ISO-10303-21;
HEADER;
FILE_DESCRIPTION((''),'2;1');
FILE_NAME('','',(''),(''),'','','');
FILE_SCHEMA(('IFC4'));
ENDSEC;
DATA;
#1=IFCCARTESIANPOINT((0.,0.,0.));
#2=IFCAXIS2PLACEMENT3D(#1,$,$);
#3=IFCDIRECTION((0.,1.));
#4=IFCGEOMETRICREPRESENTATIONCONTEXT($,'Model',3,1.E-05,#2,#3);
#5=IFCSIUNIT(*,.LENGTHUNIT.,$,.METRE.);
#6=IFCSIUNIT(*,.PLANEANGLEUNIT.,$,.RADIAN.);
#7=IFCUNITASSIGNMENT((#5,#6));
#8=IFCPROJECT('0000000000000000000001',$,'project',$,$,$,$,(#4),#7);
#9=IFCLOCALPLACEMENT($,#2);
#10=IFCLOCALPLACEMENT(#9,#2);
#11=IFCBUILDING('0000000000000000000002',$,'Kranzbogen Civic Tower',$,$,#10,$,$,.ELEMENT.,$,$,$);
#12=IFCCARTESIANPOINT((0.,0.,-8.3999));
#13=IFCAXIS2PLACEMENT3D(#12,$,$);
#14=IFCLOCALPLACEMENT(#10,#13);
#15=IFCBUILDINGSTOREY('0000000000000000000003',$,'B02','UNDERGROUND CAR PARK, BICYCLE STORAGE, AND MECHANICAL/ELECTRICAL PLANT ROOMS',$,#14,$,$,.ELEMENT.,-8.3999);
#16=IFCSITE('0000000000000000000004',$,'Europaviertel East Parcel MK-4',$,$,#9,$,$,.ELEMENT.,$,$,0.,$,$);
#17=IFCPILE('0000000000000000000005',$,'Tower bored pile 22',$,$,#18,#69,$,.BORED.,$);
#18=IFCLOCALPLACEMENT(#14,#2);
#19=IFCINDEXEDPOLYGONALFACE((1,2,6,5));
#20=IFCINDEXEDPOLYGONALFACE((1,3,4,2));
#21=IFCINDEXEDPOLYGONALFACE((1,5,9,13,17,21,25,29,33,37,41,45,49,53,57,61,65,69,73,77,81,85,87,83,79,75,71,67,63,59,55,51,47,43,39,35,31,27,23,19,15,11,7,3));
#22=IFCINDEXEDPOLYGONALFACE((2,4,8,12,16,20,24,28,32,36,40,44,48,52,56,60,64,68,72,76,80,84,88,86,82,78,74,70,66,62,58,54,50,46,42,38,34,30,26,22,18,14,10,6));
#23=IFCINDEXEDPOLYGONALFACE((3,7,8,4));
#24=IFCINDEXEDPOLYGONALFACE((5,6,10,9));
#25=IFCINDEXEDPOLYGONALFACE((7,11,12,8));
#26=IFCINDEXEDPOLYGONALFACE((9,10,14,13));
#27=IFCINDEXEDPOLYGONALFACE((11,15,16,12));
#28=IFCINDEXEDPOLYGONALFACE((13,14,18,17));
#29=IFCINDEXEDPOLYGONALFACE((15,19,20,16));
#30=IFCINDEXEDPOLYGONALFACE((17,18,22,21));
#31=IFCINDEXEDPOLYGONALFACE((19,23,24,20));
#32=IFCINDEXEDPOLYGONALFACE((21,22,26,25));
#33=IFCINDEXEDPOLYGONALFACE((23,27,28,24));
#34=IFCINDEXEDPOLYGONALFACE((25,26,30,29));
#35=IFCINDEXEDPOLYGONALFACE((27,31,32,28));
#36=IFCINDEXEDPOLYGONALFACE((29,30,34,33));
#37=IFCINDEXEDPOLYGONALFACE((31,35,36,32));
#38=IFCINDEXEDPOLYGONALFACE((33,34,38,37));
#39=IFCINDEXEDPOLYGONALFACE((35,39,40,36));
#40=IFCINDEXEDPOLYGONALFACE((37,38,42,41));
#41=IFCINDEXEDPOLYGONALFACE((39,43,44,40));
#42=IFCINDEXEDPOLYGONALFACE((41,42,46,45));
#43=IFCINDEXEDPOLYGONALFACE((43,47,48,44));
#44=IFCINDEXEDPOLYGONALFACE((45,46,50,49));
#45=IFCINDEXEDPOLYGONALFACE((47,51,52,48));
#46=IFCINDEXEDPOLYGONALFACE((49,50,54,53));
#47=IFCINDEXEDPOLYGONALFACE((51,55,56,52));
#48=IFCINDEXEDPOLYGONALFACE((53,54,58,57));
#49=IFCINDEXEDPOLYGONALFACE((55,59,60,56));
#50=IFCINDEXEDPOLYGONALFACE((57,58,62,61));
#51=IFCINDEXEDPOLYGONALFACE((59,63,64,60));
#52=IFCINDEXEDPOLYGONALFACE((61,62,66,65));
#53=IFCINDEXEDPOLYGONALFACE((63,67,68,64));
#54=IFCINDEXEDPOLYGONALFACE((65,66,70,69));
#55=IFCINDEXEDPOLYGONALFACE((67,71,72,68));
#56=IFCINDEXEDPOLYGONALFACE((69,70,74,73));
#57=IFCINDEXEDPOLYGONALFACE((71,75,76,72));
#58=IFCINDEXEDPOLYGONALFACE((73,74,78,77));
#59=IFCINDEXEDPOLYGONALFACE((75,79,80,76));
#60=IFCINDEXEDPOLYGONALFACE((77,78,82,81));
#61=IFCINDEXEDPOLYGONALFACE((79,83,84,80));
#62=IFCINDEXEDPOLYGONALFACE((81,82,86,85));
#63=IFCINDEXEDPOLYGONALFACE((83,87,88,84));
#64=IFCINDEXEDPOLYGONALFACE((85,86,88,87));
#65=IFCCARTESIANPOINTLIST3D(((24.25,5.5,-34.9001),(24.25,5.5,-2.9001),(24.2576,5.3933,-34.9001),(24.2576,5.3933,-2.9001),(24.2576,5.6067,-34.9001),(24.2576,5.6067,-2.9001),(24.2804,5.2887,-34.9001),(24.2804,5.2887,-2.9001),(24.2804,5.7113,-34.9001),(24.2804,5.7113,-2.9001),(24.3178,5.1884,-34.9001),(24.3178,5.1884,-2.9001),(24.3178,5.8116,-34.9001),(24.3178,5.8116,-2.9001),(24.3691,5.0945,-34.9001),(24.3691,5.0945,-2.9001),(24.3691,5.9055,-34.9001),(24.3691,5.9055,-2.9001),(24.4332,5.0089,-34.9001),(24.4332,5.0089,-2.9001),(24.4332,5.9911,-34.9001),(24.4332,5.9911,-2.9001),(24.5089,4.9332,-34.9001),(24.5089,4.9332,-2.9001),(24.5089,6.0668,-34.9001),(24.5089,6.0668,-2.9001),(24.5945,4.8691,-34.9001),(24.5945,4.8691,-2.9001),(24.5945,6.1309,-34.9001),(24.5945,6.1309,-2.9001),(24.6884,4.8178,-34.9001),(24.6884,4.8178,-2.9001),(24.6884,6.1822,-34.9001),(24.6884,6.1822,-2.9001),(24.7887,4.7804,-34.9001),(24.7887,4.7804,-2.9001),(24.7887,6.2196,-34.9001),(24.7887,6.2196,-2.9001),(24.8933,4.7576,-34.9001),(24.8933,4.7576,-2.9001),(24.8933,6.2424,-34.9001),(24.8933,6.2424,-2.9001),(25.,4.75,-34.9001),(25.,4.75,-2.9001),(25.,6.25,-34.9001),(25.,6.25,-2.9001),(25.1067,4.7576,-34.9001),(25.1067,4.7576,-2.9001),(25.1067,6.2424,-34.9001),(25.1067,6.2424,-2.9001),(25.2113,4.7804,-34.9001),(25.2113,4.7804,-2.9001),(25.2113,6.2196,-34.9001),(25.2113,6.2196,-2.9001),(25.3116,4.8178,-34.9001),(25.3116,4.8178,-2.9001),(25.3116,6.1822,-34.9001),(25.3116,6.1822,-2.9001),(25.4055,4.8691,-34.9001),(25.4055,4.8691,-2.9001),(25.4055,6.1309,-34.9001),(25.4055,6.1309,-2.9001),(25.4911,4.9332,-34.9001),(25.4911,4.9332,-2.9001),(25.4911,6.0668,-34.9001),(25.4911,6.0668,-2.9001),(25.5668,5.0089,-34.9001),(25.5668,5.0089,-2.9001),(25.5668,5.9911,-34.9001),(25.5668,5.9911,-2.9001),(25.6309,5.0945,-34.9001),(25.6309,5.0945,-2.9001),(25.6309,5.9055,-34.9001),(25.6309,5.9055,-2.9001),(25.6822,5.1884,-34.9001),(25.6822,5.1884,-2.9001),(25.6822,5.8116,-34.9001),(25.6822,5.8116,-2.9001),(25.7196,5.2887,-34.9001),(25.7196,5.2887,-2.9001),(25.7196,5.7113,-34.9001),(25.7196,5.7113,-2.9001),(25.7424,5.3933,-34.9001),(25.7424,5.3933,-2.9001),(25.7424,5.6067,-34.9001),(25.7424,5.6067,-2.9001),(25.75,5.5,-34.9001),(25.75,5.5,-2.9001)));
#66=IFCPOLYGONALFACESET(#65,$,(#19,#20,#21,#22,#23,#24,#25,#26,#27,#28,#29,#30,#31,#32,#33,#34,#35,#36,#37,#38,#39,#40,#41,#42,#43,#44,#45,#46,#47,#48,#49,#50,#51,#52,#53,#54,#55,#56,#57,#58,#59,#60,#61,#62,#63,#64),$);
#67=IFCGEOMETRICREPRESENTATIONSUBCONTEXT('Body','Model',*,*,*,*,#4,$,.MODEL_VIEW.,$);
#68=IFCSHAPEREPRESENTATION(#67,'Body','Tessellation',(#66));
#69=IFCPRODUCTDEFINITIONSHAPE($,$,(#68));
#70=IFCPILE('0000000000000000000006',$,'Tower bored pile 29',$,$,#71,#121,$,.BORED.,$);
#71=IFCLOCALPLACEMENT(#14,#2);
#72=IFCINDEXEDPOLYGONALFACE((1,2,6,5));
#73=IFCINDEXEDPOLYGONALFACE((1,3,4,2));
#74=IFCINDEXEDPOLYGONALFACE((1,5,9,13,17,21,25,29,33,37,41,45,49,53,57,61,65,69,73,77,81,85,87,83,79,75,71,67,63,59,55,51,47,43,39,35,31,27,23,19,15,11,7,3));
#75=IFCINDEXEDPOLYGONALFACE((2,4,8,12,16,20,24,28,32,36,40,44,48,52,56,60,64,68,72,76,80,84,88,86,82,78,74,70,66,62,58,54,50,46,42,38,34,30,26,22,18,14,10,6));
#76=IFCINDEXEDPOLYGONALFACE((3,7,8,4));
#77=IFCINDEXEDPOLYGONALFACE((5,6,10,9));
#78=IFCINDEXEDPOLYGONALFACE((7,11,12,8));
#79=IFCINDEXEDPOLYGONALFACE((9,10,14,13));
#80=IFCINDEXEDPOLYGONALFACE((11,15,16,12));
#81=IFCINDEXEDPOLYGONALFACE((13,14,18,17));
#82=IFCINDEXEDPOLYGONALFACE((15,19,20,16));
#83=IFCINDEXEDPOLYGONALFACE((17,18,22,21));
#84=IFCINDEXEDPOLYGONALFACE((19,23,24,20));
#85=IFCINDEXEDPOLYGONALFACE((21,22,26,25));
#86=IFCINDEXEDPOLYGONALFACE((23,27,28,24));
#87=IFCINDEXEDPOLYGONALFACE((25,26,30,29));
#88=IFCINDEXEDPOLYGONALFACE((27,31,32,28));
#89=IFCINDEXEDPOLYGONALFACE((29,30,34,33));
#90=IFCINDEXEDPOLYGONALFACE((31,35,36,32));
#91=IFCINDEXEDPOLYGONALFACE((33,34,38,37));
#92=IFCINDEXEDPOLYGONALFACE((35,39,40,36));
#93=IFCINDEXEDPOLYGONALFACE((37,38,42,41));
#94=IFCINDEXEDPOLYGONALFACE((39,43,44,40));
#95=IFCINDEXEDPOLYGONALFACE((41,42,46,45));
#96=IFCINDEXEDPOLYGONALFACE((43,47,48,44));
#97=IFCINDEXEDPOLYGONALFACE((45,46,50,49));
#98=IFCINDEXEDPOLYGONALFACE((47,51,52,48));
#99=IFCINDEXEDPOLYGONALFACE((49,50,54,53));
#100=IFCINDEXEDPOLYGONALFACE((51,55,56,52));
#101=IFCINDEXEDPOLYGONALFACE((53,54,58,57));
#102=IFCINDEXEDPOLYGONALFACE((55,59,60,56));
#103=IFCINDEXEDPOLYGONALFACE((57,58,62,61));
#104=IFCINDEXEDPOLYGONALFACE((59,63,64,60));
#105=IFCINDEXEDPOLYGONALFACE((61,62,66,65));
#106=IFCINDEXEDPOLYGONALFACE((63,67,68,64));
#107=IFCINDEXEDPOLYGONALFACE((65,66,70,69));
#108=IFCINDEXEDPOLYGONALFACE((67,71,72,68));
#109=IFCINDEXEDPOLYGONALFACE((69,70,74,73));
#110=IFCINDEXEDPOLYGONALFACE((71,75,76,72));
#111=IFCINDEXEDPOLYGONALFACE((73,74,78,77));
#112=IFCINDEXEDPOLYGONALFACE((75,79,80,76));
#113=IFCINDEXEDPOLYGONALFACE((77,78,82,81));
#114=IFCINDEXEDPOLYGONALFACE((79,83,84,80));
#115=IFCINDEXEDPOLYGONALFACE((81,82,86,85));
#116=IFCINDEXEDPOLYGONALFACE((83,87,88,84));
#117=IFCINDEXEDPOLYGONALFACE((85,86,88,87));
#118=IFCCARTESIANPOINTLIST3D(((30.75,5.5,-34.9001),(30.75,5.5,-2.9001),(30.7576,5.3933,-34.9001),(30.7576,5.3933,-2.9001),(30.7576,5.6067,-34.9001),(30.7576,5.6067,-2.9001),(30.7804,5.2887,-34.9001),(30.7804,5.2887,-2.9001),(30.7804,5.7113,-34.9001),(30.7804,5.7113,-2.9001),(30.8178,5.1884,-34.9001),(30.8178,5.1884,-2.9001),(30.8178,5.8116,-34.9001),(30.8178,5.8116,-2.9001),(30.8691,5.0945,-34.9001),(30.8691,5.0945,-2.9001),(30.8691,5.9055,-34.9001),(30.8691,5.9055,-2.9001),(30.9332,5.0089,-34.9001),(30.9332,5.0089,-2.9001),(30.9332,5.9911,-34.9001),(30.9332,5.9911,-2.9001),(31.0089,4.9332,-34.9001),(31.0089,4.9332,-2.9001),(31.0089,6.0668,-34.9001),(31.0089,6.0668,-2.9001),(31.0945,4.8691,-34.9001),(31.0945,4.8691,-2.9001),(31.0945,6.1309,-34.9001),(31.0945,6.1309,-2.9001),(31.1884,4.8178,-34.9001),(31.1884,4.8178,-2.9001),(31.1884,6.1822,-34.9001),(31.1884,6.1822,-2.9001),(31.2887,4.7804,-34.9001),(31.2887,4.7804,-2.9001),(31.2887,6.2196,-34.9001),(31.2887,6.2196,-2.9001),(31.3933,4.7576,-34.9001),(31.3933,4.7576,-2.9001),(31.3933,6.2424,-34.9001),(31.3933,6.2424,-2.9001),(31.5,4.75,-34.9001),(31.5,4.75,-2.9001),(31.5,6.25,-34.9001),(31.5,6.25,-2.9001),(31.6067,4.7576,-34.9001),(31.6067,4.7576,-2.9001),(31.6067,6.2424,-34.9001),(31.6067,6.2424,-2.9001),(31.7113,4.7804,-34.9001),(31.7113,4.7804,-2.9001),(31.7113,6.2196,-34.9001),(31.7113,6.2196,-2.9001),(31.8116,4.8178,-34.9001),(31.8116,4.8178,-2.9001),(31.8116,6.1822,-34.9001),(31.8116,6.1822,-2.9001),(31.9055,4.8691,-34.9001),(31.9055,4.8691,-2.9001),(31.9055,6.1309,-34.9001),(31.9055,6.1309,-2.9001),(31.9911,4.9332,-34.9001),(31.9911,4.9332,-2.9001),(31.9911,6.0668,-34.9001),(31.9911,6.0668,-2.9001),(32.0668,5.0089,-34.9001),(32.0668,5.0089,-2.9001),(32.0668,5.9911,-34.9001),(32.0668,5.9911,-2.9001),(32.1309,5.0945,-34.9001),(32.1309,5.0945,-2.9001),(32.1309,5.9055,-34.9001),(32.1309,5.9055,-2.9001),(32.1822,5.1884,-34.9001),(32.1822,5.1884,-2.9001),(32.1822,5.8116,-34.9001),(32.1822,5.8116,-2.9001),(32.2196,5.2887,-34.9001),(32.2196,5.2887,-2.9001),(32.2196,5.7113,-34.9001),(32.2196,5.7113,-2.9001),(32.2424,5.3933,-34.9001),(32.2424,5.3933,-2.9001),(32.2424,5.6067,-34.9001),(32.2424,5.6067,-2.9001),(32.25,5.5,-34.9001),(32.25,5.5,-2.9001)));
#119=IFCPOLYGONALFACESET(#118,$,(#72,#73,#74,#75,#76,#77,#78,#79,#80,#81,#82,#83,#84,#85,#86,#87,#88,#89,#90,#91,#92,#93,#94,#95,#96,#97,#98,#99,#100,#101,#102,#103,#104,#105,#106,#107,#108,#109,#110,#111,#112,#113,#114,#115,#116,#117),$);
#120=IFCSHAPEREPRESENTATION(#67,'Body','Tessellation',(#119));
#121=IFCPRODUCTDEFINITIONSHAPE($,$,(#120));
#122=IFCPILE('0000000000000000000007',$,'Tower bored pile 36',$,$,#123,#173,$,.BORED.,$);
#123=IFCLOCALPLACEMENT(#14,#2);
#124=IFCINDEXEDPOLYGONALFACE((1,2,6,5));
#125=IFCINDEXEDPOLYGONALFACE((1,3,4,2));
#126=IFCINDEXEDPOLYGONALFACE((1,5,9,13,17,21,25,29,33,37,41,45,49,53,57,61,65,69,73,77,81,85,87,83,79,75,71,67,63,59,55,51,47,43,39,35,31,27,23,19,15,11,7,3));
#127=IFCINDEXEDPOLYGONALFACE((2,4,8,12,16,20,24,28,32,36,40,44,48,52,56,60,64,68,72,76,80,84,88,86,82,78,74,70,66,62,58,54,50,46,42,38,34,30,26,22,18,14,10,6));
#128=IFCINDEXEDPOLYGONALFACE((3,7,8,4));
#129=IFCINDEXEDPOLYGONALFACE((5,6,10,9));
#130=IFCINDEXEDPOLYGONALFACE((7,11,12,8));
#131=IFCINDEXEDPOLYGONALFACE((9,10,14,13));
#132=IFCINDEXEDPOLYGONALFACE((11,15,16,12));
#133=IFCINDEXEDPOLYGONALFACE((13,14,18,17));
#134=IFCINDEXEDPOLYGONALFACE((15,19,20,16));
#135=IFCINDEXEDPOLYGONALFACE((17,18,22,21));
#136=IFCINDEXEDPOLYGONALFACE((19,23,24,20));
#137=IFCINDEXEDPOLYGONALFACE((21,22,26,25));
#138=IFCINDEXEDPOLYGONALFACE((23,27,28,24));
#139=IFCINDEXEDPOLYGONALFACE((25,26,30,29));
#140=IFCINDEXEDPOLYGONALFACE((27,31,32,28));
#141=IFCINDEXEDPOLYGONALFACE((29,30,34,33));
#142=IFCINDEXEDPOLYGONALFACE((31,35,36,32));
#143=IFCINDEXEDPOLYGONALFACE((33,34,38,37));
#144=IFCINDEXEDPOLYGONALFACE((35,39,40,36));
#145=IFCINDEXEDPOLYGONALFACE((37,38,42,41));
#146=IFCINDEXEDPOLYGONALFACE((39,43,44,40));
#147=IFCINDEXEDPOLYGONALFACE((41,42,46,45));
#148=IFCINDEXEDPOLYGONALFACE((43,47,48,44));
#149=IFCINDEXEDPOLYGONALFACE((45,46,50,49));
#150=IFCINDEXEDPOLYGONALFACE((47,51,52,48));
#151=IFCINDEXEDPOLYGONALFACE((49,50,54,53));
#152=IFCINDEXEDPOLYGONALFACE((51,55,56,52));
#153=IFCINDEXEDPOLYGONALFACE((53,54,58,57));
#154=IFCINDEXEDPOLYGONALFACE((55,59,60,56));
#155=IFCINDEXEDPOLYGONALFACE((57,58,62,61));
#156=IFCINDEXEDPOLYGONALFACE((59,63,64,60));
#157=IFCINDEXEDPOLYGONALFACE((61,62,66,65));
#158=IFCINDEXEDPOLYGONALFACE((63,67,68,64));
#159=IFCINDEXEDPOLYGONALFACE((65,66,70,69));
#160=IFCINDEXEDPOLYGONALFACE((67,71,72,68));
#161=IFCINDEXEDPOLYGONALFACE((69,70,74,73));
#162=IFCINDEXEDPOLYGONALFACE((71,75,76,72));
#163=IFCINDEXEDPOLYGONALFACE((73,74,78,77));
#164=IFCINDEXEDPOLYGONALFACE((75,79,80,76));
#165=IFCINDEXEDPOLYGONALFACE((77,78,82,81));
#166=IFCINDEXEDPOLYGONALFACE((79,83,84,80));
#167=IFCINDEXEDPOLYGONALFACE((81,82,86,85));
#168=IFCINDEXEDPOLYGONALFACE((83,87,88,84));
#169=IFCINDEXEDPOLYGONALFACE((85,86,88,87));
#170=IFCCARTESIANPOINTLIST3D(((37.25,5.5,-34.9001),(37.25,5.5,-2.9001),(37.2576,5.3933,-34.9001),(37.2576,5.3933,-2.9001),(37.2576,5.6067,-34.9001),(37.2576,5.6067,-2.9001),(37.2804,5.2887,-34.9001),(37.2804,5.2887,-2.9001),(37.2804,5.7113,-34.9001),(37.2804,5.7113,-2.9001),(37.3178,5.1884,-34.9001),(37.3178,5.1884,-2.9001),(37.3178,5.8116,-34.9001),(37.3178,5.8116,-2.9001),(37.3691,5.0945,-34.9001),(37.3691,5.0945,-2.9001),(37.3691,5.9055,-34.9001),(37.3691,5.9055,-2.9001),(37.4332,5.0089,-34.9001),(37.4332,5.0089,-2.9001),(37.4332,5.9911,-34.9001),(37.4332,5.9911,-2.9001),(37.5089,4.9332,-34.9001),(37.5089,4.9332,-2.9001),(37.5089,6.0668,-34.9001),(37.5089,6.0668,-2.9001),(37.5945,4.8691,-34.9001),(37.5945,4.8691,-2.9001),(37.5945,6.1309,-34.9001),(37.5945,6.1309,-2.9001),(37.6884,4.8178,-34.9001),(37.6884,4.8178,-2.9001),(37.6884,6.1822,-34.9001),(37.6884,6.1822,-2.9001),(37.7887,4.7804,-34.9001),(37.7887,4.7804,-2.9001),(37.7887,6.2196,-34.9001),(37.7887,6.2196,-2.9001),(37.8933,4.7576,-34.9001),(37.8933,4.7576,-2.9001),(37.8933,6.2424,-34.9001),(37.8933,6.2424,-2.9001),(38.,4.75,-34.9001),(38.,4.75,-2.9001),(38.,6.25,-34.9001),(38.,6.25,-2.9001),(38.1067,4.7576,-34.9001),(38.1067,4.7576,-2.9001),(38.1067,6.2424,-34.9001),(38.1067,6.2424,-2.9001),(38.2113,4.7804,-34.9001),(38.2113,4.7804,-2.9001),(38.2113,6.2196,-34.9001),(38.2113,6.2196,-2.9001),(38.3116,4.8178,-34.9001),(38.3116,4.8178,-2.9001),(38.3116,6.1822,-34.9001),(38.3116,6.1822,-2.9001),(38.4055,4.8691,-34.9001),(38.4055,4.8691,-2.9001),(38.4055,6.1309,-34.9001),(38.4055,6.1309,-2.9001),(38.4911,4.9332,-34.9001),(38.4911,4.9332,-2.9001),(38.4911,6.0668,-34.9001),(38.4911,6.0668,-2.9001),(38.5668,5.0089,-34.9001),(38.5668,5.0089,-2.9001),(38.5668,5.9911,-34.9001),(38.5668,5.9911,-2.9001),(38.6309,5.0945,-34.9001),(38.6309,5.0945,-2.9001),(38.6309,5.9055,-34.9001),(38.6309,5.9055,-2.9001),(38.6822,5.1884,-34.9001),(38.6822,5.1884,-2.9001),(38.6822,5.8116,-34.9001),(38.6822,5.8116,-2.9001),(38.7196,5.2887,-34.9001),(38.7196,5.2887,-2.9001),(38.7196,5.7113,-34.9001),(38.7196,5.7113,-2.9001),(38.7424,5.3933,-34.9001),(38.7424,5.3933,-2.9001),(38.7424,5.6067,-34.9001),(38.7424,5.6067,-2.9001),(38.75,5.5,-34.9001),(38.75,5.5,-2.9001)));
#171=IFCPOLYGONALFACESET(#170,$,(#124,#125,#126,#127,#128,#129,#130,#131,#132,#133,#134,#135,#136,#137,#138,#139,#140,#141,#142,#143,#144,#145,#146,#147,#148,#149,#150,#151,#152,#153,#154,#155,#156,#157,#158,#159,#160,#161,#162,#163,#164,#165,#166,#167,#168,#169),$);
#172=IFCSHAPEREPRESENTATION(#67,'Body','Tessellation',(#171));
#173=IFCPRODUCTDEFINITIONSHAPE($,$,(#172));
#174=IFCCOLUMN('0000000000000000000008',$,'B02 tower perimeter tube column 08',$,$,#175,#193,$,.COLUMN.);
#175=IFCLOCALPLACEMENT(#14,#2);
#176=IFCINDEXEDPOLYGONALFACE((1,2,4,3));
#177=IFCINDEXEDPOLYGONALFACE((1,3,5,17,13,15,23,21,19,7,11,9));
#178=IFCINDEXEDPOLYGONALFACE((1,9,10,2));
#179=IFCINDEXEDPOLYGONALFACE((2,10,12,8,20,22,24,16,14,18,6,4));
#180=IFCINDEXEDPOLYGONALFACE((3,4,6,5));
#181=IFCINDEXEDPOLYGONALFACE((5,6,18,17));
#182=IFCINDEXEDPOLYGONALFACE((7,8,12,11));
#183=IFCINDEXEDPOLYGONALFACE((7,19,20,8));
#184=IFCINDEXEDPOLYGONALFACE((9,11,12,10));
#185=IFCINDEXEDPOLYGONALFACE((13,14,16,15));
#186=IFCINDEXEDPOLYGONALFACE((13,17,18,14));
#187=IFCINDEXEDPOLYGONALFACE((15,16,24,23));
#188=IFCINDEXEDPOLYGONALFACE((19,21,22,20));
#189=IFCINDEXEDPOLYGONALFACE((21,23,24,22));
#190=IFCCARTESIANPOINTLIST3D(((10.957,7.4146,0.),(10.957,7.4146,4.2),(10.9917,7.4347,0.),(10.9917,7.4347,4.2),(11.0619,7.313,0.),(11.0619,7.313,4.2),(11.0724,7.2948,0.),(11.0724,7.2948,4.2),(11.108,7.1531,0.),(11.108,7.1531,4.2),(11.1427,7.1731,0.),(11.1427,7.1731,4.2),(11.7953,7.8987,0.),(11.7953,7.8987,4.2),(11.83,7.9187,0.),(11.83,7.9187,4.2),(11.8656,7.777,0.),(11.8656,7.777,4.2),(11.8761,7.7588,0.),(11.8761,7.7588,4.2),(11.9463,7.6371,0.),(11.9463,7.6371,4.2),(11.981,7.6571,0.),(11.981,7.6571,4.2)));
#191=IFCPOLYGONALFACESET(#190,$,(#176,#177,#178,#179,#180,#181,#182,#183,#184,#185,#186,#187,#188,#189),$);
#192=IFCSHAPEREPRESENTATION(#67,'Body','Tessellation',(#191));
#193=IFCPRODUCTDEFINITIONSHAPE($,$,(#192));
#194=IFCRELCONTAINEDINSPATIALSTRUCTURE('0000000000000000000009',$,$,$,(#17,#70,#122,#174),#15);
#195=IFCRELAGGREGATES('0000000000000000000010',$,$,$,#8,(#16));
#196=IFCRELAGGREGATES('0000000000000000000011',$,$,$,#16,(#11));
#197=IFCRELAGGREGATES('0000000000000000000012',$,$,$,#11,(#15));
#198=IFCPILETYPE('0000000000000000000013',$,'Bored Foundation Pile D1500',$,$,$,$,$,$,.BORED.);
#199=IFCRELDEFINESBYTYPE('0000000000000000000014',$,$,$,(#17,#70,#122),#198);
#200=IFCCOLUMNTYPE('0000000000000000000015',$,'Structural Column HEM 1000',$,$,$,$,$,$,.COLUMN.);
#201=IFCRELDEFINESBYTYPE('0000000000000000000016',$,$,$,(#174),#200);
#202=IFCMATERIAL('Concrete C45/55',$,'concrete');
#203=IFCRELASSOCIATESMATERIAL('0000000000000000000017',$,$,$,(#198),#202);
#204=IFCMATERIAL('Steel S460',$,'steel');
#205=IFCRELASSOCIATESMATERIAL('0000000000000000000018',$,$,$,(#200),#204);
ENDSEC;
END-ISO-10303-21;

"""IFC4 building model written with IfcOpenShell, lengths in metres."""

from ifc_helpers import new_model, si_unit, direction, frame, origin, origin_2d, place, context, subcontext, project, spatial, circle, i_section, extrude, material, material_profile, profile_set, type_object, element, save


model = new_model("IFC4")

# Units and contexts
model_context = context("Model", 3, precision=1e-05, world=origin(), true_north=direction((0.0, 1.0)))
body_context = subcontext(model_context, "Body", "Model", "MODEL_VIEW")
ifc_project = project(units=[si_unit("LENGTHUNIT", "METRE"), si_unit("PLANEANGLEUNIT", "RADIAN")], contexts=[model_context])

# Site, building, storey
site_placement = place(None, origin())
site = spatial("IfcSite", under=ifc_project, at=site_placement, Name="Europaviertel East Parcel MK-4", CompositionType="ELEMENT", RefElevation=0.0)
building_placement = place(site_placement, origin())
building = spatial("IfcBuilding", under=site, at=building_placement, Name="Kranzbogen Civic Tower", CompositionType="ELEMENT")
storey_placement = place(building_placement, frame((0.0, 0.0, -8.3999)))
storey = spatial("IfcBuildingStorey", under=building, at=storey_placement, Name="B02", Description="UNDERGROUND CAR PARK, BICYCLE STORAGE, AND MECHANICAL/ELECTRICAL PLANT ROOMS", CompositionType="ELEMENT", Elevation=-8.3999)

# Piles
ifc_material_1 = material(Name="Concrete C45/55", Category="concrete")
ifc_material_profile_1 = material_profile(ifc_material_1, circle(Radius=0.75, at=origin_2d()), Name="PILE D1500")
ifc_profile_set_1 = profile_set([ifc_material_profile_1], Name="Concrete C45/55")
pile_type = type_object("IfcPileType", Name="Bored Foundation Pile D1500", PredefinedType="BORED", material=ifc_profile_set_1)
for number, where, z_axis, x_axis, name in (
    (1, (25.0, 5.5, -2.9001), (0.0, 0.0, -1.0), (1.0, 0.0, 0.0), "Tower bored pile 22"),
    (2, (31.5, 5.5, -2.9001), (0.0, 0.0, -1.0), (1.0, 0.0, 0.0), "Tower bored pile 29"),
    (3, (38.0, 5.5, -2.9001), (0.0, 0.0, -1.0), (1.0, 0.0, 0.0), "Tower bored pile 36"),
):
    element("IfcPile", number, at=place(storey_placement, frame(where, z_axis=z_axis, x_axis=x_axis)), inside=storey, type_object=pile_type, Name=name, PredefinedType="BORED", context=body_context, shape_type="SweptSolid", body=[
        extrude(circle(Radius=0.75, at=origin_2d()), origin(), (0.0, 0.0, 1.0), 32.0),
    ])

# Column
ifc_material_2 = material(Name="Steel S460", Category="steel")
ifc_material_profile_2 = material_profile(ifc_material_2, i_section(OverallWidth=0.302, OverallDepth=1.0081, WebThickness=0.021, FlangeThickness=0.04, at=origin_2d()), Name="HEM 1000")
ifc_profile_set_2 = profile_set([ifc_material_profile_2], Name="Steel S460")
column_type_1 = type_object("IfcColumnType", Name="Structural Column HEM 1000", PredefinedType="COLUMN", material=ifc_profile_set_2)
for number, where, z_axis, x_axis, name in (
    (4, (11.469, 7.5359, 0.0), (0.0, 0.0, 1.0), (-0.5, 0.866025, 0.0), "B02 tower perimeter tube column 08"),
):
    element("IfcColumn", number, at=place(storey_placement, frame(where, z_axis=z_axis, x_axis=x_axis)), inside=storey, type_object=column_type_1, Name=name, PredefinedType="COLUMN", context=body_context, shape_type="SweptSolid", body=[
        extrude(i_section(OverallWidth=0.302, OverallDepth=1.0081, WebThickness=0.021, FlangeThickness=0.04, at=origin_2d()), origin(), (0.0, 0.0, 1.0), 4.2),
    ])

save(model, "model.ifc")
